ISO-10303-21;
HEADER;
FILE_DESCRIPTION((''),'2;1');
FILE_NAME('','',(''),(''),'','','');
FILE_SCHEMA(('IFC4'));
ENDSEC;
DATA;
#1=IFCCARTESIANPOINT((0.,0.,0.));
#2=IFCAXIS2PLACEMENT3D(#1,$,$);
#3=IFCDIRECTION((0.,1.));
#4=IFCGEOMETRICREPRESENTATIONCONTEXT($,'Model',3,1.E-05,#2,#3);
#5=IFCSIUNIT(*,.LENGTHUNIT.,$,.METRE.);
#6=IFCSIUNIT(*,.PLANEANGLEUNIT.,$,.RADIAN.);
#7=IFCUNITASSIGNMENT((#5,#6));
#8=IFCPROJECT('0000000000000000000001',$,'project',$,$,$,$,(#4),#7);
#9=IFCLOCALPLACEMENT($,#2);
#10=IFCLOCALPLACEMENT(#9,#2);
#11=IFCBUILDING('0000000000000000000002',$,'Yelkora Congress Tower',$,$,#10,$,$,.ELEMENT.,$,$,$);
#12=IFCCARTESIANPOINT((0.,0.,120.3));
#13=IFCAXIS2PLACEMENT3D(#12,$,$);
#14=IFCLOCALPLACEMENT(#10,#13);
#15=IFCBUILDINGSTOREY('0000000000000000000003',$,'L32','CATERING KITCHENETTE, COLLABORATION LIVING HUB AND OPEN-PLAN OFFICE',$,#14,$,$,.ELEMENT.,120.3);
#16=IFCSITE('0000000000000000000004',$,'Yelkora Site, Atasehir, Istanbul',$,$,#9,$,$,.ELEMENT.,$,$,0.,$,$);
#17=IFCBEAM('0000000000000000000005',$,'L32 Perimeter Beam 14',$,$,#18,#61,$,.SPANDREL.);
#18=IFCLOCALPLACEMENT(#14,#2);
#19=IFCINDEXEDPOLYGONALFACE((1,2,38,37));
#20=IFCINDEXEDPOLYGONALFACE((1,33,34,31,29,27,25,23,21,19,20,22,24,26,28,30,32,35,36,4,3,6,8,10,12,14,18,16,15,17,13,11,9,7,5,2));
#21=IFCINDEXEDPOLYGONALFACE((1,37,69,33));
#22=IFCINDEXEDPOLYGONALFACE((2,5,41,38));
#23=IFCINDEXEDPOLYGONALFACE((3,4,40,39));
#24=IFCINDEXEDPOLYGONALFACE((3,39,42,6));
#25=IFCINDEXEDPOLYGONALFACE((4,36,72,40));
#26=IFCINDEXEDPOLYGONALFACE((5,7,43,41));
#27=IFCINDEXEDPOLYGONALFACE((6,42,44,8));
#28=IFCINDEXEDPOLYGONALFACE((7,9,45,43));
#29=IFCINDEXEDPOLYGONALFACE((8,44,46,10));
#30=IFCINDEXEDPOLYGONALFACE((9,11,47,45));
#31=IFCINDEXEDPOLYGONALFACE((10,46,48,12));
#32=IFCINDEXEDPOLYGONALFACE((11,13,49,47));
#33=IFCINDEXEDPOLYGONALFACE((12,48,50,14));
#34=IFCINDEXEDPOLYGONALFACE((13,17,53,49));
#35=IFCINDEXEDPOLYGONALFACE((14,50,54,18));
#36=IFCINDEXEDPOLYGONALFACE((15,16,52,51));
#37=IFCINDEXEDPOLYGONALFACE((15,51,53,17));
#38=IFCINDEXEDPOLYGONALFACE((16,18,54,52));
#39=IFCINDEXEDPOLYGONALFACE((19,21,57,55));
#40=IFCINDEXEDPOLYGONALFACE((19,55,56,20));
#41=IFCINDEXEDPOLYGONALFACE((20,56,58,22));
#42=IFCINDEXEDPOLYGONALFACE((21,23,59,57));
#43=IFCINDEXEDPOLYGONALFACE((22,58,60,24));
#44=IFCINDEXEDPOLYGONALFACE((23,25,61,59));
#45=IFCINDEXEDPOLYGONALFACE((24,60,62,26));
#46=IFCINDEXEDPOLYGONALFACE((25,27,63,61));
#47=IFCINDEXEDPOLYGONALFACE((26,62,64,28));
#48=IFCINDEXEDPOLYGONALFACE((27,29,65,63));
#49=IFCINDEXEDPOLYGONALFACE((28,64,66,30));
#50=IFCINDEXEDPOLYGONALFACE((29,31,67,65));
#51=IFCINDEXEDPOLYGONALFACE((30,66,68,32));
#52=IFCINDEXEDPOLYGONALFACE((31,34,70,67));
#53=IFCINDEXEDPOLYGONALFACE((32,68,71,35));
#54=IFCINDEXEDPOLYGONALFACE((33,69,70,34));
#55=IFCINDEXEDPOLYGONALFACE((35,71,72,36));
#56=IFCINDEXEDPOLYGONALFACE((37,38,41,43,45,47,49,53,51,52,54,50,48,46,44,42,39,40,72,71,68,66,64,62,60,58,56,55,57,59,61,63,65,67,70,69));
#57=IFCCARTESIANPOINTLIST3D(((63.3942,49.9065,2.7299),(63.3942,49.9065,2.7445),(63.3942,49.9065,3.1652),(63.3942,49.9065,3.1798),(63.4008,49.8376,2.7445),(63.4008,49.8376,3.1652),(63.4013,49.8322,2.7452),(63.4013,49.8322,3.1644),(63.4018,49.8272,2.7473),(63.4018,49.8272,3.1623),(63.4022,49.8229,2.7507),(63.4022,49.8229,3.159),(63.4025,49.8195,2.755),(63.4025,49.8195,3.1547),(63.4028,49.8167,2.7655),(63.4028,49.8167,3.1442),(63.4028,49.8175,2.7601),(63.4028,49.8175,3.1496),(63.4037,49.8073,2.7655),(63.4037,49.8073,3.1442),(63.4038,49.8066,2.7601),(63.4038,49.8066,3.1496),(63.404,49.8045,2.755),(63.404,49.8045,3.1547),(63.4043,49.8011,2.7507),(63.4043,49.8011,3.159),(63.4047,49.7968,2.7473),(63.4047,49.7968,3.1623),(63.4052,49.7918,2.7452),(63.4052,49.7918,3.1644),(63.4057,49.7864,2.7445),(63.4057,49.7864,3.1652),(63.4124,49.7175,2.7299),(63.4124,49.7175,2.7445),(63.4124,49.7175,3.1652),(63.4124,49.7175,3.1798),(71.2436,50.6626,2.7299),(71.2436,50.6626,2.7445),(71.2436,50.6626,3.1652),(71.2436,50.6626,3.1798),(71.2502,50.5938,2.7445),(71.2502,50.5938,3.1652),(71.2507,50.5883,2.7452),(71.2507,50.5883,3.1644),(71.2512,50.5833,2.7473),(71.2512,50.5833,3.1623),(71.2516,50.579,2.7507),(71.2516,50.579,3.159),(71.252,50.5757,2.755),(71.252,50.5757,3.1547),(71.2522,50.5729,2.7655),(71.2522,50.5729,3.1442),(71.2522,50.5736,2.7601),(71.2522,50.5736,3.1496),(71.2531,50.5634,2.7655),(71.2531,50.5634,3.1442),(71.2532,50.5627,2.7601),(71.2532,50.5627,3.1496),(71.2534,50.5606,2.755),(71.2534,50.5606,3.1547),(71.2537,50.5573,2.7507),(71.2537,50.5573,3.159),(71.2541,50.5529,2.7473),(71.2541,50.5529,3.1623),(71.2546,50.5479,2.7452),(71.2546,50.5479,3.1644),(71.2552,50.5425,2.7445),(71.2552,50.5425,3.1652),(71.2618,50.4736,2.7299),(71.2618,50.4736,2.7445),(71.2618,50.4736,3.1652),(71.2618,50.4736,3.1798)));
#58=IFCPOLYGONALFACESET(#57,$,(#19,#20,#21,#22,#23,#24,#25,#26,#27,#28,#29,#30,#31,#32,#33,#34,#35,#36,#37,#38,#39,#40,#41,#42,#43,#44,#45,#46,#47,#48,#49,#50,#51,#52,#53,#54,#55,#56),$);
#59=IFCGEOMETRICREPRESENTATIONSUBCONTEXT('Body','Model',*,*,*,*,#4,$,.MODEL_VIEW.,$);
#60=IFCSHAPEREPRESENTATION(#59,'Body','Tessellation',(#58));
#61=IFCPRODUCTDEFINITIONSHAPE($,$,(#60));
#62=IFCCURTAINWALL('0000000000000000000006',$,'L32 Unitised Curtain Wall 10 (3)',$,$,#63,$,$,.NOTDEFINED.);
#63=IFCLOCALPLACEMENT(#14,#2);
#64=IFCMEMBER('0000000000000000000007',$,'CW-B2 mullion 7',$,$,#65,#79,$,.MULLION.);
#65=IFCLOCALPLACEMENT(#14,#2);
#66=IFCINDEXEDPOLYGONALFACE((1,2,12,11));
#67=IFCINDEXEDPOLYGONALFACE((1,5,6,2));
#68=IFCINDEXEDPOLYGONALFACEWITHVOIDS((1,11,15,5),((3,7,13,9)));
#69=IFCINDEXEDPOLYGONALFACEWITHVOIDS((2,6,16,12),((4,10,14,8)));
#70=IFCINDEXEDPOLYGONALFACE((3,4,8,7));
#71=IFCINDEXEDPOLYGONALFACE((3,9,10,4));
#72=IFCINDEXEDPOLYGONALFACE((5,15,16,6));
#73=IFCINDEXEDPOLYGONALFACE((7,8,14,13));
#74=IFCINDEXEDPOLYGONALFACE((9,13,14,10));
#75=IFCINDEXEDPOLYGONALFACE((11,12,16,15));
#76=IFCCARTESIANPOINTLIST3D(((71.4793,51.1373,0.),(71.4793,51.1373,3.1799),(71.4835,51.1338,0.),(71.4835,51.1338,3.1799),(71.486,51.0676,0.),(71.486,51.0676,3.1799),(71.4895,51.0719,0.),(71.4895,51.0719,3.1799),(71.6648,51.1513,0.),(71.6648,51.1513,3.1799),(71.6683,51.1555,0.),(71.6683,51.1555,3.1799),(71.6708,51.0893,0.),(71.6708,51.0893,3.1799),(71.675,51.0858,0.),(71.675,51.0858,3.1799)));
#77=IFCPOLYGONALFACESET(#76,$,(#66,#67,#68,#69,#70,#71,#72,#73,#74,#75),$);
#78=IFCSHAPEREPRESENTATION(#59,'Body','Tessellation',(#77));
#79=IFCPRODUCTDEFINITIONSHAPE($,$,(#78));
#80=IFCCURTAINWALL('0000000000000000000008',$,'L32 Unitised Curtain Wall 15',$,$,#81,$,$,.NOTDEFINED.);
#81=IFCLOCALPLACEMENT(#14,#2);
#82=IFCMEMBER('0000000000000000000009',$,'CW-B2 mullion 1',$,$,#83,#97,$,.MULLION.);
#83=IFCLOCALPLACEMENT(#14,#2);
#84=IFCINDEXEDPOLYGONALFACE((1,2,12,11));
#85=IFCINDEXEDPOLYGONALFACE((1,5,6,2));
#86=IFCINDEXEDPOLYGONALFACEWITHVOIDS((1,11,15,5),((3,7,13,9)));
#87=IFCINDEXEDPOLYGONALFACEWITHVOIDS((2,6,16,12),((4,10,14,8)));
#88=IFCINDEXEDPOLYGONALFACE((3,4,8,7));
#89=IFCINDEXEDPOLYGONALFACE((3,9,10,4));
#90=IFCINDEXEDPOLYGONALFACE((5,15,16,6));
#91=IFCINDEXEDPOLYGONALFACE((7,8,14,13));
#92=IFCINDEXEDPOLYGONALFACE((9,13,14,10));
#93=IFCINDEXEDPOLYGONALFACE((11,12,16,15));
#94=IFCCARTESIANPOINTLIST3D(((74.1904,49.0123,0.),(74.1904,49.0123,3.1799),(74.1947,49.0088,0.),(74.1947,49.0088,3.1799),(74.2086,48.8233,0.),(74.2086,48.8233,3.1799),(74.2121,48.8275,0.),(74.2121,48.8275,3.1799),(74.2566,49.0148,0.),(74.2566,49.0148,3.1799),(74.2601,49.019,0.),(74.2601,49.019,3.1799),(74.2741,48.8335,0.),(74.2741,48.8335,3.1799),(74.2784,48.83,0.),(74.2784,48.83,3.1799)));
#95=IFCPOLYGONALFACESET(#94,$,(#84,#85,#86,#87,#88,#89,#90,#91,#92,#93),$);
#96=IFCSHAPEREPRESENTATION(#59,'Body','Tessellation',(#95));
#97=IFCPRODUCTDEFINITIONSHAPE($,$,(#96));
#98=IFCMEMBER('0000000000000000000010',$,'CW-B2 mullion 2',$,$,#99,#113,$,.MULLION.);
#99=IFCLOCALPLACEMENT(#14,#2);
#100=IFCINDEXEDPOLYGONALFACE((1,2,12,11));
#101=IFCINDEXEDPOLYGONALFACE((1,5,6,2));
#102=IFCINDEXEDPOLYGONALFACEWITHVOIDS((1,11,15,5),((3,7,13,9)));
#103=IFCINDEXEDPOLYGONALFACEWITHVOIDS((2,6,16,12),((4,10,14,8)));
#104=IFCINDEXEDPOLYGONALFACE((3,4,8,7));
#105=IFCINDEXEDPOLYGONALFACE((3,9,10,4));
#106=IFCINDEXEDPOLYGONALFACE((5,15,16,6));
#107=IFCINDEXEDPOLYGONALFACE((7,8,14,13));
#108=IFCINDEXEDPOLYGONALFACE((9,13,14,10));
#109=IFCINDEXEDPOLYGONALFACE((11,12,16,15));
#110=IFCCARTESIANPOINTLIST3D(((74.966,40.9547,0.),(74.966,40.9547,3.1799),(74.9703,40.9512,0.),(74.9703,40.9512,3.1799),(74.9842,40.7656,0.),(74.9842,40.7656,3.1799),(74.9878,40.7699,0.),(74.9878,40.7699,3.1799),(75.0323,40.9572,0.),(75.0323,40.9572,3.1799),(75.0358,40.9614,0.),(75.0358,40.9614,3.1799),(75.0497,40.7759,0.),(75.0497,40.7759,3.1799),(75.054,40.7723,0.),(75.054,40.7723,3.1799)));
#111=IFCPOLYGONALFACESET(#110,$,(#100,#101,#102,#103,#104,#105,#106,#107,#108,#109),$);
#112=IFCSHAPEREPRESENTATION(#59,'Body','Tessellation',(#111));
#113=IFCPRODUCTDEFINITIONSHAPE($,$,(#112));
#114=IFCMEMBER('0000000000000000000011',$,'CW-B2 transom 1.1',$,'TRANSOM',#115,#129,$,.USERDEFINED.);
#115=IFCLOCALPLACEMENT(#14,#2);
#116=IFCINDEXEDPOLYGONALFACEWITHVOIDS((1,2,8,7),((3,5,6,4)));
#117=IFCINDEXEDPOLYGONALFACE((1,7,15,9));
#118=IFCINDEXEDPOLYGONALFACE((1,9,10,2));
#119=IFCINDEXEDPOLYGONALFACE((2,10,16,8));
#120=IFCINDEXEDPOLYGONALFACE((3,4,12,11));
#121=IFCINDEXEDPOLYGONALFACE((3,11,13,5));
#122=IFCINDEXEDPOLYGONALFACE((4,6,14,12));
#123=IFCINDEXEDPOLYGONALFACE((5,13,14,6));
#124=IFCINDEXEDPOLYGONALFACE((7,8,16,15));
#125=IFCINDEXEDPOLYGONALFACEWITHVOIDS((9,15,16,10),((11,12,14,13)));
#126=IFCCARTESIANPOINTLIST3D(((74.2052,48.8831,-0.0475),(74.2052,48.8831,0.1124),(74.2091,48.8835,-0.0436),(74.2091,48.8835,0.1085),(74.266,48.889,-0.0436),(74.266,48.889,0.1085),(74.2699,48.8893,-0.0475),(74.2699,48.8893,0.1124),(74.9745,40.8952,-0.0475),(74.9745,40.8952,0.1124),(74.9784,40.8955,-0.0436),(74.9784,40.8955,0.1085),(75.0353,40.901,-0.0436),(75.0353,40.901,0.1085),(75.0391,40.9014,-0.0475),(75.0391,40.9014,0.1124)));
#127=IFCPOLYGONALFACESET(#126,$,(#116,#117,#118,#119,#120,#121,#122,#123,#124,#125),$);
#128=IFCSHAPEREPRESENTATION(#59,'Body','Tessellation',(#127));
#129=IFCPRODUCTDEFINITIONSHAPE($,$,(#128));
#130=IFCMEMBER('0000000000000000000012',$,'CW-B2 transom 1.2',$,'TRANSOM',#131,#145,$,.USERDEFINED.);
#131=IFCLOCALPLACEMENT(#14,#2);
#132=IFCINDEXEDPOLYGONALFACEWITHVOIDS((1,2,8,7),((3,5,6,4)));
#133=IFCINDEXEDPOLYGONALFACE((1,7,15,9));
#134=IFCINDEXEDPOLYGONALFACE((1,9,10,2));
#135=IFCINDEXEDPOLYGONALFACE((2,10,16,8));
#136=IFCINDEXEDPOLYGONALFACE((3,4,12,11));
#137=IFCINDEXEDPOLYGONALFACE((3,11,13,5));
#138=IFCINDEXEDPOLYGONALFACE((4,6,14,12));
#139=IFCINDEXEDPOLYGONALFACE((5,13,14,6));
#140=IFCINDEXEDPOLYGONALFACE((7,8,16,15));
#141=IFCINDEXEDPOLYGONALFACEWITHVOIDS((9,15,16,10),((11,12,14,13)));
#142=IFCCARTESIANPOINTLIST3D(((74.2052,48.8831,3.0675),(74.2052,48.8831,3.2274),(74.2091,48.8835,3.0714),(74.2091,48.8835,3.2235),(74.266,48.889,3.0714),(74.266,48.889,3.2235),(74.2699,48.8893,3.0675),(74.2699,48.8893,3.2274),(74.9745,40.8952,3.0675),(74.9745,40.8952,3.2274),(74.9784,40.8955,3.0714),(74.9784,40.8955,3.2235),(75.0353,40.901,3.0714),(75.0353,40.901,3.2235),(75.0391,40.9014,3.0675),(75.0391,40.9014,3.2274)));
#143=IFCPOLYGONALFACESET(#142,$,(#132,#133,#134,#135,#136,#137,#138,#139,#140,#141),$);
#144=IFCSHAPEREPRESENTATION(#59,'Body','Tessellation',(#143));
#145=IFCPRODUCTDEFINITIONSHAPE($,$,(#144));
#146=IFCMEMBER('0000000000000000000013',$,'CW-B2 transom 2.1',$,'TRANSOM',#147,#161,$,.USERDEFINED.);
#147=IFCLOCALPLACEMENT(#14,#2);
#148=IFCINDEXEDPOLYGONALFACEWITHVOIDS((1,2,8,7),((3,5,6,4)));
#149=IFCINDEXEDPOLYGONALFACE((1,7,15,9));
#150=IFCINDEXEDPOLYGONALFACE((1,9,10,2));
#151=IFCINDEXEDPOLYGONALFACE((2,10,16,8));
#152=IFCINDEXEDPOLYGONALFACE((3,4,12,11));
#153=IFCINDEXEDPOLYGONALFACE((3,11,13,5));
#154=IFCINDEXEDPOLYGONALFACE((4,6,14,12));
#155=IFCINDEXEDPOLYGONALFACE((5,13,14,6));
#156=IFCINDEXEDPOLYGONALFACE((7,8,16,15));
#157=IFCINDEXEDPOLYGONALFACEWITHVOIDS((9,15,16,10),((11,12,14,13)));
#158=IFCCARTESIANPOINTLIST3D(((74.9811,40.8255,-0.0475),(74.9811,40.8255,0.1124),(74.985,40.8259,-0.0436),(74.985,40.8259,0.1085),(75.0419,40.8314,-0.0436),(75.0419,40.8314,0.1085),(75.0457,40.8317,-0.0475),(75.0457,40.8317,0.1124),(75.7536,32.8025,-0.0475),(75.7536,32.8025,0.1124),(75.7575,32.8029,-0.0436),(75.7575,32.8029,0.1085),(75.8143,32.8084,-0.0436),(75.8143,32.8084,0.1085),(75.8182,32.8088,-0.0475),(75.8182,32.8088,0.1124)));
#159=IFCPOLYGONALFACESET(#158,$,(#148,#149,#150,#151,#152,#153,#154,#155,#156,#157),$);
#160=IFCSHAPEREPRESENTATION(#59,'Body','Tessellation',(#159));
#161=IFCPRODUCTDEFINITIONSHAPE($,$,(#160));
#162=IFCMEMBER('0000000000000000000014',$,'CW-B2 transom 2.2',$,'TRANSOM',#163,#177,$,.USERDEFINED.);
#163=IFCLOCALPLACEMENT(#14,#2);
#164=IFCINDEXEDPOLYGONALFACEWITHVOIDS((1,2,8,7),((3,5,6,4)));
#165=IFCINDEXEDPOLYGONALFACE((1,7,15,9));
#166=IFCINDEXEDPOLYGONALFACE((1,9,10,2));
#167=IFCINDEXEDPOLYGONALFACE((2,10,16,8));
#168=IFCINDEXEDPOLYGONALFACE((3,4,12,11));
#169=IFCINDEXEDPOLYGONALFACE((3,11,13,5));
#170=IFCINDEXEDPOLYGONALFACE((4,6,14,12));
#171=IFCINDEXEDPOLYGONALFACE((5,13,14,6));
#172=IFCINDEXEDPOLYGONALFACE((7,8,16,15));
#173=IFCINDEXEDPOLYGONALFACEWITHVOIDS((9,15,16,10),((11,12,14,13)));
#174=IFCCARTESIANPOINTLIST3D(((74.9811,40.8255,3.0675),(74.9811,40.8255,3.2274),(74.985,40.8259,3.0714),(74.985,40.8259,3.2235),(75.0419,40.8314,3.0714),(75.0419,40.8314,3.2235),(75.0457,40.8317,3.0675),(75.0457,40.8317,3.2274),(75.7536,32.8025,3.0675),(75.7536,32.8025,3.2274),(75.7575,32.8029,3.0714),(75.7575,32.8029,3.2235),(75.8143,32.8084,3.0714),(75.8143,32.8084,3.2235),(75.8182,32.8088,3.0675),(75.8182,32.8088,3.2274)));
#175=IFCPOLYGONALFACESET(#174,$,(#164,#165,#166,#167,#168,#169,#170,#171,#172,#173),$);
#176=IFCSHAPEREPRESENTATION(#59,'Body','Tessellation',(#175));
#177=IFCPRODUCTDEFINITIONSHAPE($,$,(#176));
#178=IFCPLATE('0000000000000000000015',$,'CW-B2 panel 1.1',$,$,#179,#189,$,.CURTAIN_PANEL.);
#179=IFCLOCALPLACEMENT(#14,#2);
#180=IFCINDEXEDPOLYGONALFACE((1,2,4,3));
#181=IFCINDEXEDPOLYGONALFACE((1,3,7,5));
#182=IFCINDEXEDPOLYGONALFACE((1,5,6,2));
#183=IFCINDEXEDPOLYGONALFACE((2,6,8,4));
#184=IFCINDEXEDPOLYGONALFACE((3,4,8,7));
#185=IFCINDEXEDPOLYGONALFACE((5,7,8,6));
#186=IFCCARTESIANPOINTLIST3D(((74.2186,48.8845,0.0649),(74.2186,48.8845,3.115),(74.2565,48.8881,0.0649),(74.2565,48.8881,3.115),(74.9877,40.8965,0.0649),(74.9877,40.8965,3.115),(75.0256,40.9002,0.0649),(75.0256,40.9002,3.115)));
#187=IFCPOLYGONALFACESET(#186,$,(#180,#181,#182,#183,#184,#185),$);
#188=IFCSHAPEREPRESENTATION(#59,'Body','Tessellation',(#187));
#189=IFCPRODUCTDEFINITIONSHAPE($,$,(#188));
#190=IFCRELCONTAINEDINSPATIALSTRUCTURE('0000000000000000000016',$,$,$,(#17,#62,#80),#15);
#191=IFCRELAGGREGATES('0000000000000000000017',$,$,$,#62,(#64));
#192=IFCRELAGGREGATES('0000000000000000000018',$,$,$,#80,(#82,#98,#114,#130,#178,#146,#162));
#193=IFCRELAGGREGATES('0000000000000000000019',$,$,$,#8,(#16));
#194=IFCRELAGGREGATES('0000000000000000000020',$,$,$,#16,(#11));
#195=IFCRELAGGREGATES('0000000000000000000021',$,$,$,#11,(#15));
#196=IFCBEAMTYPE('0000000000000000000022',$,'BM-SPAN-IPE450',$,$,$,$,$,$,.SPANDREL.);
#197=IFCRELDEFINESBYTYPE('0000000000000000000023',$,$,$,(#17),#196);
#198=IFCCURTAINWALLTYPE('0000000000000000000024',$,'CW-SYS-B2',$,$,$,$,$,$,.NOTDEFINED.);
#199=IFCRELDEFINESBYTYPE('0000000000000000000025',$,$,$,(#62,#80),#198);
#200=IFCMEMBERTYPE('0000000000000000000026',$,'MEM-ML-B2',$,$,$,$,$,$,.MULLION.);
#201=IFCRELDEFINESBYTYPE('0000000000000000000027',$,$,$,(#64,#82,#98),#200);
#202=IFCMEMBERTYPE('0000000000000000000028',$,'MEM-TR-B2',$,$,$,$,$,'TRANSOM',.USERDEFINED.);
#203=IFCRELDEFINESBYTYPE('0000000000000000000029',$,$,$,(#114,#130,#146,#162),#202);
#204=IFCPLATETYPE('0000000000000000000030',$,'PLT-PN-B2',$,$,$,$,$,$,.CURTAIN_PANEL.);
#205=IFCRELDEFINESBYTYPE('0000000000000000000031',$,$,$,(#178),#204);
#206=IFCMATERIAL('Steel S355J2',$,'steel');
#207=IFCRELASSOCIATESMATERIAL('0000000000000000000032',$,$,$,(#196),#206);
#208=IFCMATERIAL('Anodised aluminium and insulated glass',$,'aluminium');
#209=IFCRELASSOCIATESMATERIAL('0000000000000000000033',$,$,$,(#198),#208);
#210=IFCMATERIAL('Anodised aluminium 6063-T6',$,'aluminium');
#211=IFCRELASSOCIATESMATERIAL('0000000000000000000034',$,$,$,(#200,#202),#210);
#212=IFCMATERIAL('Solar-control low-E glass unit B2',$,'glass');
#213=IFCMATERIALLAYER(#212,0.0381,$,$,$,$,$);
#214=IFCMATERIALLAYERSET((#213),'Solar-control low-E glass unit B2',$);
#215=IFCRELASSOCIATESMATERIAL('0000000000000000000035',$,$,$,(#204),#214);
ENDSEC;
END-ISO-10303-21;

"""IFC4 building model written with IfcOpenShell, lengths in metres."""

from ifc_helpers import new_model, si_unit, direction, frame, origin, origin_2d, place, context, subcontext, project, spatial, rectangle, hollow_rectangle, i_section, extrude, material, layer, layer_set, material_profile, profile_set, type_object, element, aggregate, save


model = new_model("IFC4")

# Units and contexts
model_context = context("Model", 3, precision=1e-05, world=origin(), true_north=direction((0.0, 1.0)))
body_context = subcontext(model_context, "Body", "Model", "MODEL_VIEW")
ifc_project = project(units=[si_unit("LENGTHUNIT", "METRE"), si_unit("PLANEANGLEUNIT", "RADIAN")], contexts=[model_context])

# Site, building, storey
site_placement = place(None, origin())
site = spatial("IfcSite", under=ifc_project, at=site_placement, Name="Yelkora Site, Atasehir, Istanbul", CompositionType="ELEMENT", RefElevation=0.0)
building_placement = place(site_placement, origin())
building = spatial("IfcBuilding", under=site, at=building_placement, Name="Yelkora Congress Tower", CompositionType="ELEMENT")
storey_placement = place(building_placement, frame((0.0, 0.0, 120.3)))
storey = spatial("IfcBuildingStorey", under=building, at=storey_placement, Name="L32", Description="CATERING KITCHENETTE, COLLABORATION LIVING HUB AND OPEN-PLAN OFFICE", CompositionType="ELEMENT", Elevation=120.3)

# Beam
ifc_material_1 = material(Name="Steel S355J2", Category="steel")
ifc_material_profile_1 = material_profile(ifc_material_1, i_section(OverallWidth=0.1899, OverallDepth=0.45, WebThickness=0.0095, FlangeThickness=0.0146, FilletRadius=0.021, at=origin_2d()), Name="IPE 450")
ifc_profile_set_1 = profile_set([ifc_material_profile_1], Name="Steel S355J2")
beam_type_1 = type_object("IfcBeamType", Name="BM-SPAN-IPE450", PredefinedType="SPANDREL", material=ifc_profile_set_1)
beam_1_placement = place(storey_placement, frame((71.2527, 50.5681, 2.9548), z_axis=(-0.995393, -0.095883, 0.0), x_axis=(0.095883, -0.995393, 0.0)))
element("IfcBeam", 1, at=beam_1_placement, inside=storey, type_object=beam_type_1, Name="L32 Perimeter Beam 14", PredefinedType="SPANDREL", context=body_context, shape_type="SweptSolid", body=[
    extrude(i_section(OverallWidth=0.1899, OverallDepth=0.45, WebThickness=0.0095, FlangeThickness=0.0146, FilletRadius=0.021, at=origin_2d()), origin(), (0.0, 0.0, 1.0), 7.8857),
])

# Curtain wall, member
ifc_material_2 = material(Name="Anodised aluminium and insulated glass", Category="aluminium")
curtain_wall_type = type_object("IfcCurtainWallType", Name="CW-SYS-B2", PredefinedType="NOTDEFINED", material=ifc_material_2)
curtain_wall_1_placement = place(storey_placement, origin())
curtain_wall_1 = element("IfcCurtainWall", 2, at=curtain_wall_1_placement, inside=storey, type_object=curtain_wall_type, Name="L32 Unitised Curtain Wall 10 (3)", PredefinedType="NOTDEFINED")
ifc_material_3 = material(Name="Anodised aluminium 6063-T6", Category="aluminium")
ifc_material_profile_2 = material_profile(ifc_material_3, hollow_rectangle(XDim=0.0701, YDim=0.1899, WallThickness=0.0039, at=origin_2d()), Name="ALU 70x190x4")
ifc_profile_set_2 = profile_set([ifc_material_profile_2], Name="Anodised aluminium 6063-T6")
member_type_1 = type_object("IfcMemberType", Name="MEM-ML-B2", PredefinedType="MULLION", material=ifc_profile_set_2)
member_1_placement = place(storey_placement, frame((71.5771, 51.1116, 0.0), z_axis=(0.0, 0.0, 1.0), x_axis=(-0.095844, 0.995396, 0.0)))
member_1 = element("IfcMember", 3, at=member_1_placement, type_object=member_type_1, Name="CW-B2 mullion 7", PredefinedType="MULLION", context=body_context, shape_type="SweptSolid", body=[
    extrude(hollow_rectangle(XDim=0.0701, YDim=0.1899, WallThickness=0.0039, at=origin_2d()), origin(), (0.0, 0.0, 1.0), 3.1799),
])
aggregate(curtain_wall_1, [member_1])

# Curtain wall, members, plate
curtain_wall_2_placement = place(storey_placement, origin())
curtain_wall_2 = element("IfcCurtainWall", 4, at=curtain_wall_2_placement, inside=storey, type_object=curtain_wall_type, Name="L32 Unitised Curtain Wall 15", PredefinedType="NOTDEFINED")
member_2_placement = place(storey_placement, frame((74.2344, 48.9211, 0.0), z_axis=(0.0, 0.0, 1.0), x_axis=(0.995397, 0.095843, 0.0)))
member_2 = element("IfcMember", 5, at=member_2_placement, type_object=member_type_1, Name="CW-B2 mullion 1", PredefinedType="MULLION", context=body_context, shape_type="SweptSolid", body=[
    extrude(hollow_rectangle(XDim=0.0701, YDim=0.1899, WallThickness=0.0039, at=origin_2d()), origin(), (0.0, 0.0, 1.0), 3.1799),
])
member_3_placement = place(storey_placement, frame((75.01, 40.8635, 0.0), z_axis=(0.0, 0.0, 1.0), x_axis=(0.995397, 0.095843, 0.0)))
member_3 = element("IfcMember", 6, at=member_3_placement, type_object=member_type_1, Name="CW-B2 mullion 2", PredefinedType="MULLION", context=body_context, shape_type="SweptSolid", body=[
    extrude(hollow_rectangle(XDim=0.0701, YDim=0.1899, WallThickness=0.0039, at=origin_2d()), origin(), (0.0, 0.0, 1.0), 3.1799),
])
ifc_material_profile_3 = material_profile(ifc_material_3, hollow_rectangle(XDim=0.0649, YDim=0.1599, WallThickness=0.0039, at=origin_2d()), Name="ALU 65x160x4")
ifc_profile_set_3 = profile_set([ifc_material_profile_3], Name="Anodised aluminium 6063-T6")
member_type_2 = type_object("IfcMemberType", Name="MEM-TR-B2", ElementType="TRANSOM", PredefinedType="USERDEFINED", material=ifc_profile_set_3)
member_4_placement = place(storey_placement, frame((74.2375, 48.8862, 0.0325), z_axis=(0.095861, -0.995395, 0.0), x_axis=(0.995395, 0.095861, 0.0)))
member_4 = element("IfcMember", 7, at=member_4_placement, type_object=member_type_2, Name="CW-B2 transom 1.1", ObjectType="TRANSOM", PredefinedType="USERDEFINED", context=body_context, shape_type="SweptSolid", body=[
    extrude(hollow_rectangle(XDim=0.0649, YDim=0.1599, WallThickness=0.0039, at=origin_2d()), origin(), (0.0, 0.0, 1.0), 8.0249),
])
member_5_placement = place(storey_placement, frame((74.2375, 48.8862, 3.1475), z_axis=(0.095861, -0.995395, 0.0), x_axis=(0.995395, 0.095861, 0.0)))
member_5 = element("IfcMember", 8, at=member_5_placement, type_object=member_type_2, Name="CW-B2 transom 1.2", ObjectType="TRANSOM", PredefinedType="USERDEFINED", context=body_context, shape_type="SweptSolid", body=[
    extrude(hollow_rectangle(XDim=0.0649, YDim=0.1599, WallThickness=0.0039, at=origin_2d()), origin(), (0.0, 0.0, 1.0), 8.0249),
])
member_6_placement = place(storey_placement, frame((75.0134, 40.8286, 0.0325), z_axis=(0.095838, -0.995397, 0.0), x_axis=(0.995397, 0.095838, 0.0)))
member_6 = element("IfcMember", 9, at=member_6_placement, type_object=member_type_2, Name="CW-B2 transom 2.1", ObjectType="TRANSOM", PredefinedType="USERDEFINED", context=body_context, shape_type="SweptSolid", body=[
    extrude(hollow_rectangle(XDim=0.0649, YDim=0.1599, WallThickness=0.0039, at=origin_2d()), origin(), (0.0, 0.0, 1.0), 8.0601),
])
member_7_placement = place(storey_placement, frame((75.0134, 40.8286, 3.1475), z_axis=(0.095838, -0.995397, 0.0), x_axis=(0.995397, 0.095838, 0.0)))
member_7 = element("IfcMember", 10, at=member_7_placement, type_object=member_type_2, Name="CW-B2 transom 2.2", ObjectType="TRANSOM", PredefinedType="USERDEFINED", context=body_context, shape_type="SweptSolid", body=[
    extrude(hollow_rectangle(XDim=0.0649, YDim=0.1599, WallThickness=0.0039, at=origin_2d()), origin(), (0.0, 0.0, 1.0), 8.0601),
])
ifc_material_4 = material(Name="Solar-control low-E glass unit B2", Category="glass")
ifc_layer_1 = layer(ifc_material_4, 0.0381)
ifc_layer_set_1 = layer_set([ifc_layer_1], Name="Solar-control low-E glass unit B2")
plate_type = type_object("IfcPlateType", Name="PLT-PN-B2", PredefinedType="CURTAIN_PANEL", material=ifc_layer_set_1)
plate_1_placement = place(storey_placement, frame((74.6221, 44.8923, 0.0649), z_axis=(0.0, 0.0, 1.0), x_axis=(0.095843, -0.995397, 0.0)))
plate_1 = element("IfcPlate", 11, at=plate_1_placement, type_object=plate_type, Name="CW-B2 panel 1.1", PredefinedType="CURTAIN_PANEL", context=body_context, shape_type="SweptSolid", body=[
    extrude(rectangle(XDim=8.0249, YDim=0.0381, at=origin_2d()), origin(), (0.0, 0.0, 1.0), 3.05),
])
aggregate(curtain_wall_2, [member_2, member_3, member_4, member_5, plate_1, member_6, member_7])

save(model, "model.ifc")
